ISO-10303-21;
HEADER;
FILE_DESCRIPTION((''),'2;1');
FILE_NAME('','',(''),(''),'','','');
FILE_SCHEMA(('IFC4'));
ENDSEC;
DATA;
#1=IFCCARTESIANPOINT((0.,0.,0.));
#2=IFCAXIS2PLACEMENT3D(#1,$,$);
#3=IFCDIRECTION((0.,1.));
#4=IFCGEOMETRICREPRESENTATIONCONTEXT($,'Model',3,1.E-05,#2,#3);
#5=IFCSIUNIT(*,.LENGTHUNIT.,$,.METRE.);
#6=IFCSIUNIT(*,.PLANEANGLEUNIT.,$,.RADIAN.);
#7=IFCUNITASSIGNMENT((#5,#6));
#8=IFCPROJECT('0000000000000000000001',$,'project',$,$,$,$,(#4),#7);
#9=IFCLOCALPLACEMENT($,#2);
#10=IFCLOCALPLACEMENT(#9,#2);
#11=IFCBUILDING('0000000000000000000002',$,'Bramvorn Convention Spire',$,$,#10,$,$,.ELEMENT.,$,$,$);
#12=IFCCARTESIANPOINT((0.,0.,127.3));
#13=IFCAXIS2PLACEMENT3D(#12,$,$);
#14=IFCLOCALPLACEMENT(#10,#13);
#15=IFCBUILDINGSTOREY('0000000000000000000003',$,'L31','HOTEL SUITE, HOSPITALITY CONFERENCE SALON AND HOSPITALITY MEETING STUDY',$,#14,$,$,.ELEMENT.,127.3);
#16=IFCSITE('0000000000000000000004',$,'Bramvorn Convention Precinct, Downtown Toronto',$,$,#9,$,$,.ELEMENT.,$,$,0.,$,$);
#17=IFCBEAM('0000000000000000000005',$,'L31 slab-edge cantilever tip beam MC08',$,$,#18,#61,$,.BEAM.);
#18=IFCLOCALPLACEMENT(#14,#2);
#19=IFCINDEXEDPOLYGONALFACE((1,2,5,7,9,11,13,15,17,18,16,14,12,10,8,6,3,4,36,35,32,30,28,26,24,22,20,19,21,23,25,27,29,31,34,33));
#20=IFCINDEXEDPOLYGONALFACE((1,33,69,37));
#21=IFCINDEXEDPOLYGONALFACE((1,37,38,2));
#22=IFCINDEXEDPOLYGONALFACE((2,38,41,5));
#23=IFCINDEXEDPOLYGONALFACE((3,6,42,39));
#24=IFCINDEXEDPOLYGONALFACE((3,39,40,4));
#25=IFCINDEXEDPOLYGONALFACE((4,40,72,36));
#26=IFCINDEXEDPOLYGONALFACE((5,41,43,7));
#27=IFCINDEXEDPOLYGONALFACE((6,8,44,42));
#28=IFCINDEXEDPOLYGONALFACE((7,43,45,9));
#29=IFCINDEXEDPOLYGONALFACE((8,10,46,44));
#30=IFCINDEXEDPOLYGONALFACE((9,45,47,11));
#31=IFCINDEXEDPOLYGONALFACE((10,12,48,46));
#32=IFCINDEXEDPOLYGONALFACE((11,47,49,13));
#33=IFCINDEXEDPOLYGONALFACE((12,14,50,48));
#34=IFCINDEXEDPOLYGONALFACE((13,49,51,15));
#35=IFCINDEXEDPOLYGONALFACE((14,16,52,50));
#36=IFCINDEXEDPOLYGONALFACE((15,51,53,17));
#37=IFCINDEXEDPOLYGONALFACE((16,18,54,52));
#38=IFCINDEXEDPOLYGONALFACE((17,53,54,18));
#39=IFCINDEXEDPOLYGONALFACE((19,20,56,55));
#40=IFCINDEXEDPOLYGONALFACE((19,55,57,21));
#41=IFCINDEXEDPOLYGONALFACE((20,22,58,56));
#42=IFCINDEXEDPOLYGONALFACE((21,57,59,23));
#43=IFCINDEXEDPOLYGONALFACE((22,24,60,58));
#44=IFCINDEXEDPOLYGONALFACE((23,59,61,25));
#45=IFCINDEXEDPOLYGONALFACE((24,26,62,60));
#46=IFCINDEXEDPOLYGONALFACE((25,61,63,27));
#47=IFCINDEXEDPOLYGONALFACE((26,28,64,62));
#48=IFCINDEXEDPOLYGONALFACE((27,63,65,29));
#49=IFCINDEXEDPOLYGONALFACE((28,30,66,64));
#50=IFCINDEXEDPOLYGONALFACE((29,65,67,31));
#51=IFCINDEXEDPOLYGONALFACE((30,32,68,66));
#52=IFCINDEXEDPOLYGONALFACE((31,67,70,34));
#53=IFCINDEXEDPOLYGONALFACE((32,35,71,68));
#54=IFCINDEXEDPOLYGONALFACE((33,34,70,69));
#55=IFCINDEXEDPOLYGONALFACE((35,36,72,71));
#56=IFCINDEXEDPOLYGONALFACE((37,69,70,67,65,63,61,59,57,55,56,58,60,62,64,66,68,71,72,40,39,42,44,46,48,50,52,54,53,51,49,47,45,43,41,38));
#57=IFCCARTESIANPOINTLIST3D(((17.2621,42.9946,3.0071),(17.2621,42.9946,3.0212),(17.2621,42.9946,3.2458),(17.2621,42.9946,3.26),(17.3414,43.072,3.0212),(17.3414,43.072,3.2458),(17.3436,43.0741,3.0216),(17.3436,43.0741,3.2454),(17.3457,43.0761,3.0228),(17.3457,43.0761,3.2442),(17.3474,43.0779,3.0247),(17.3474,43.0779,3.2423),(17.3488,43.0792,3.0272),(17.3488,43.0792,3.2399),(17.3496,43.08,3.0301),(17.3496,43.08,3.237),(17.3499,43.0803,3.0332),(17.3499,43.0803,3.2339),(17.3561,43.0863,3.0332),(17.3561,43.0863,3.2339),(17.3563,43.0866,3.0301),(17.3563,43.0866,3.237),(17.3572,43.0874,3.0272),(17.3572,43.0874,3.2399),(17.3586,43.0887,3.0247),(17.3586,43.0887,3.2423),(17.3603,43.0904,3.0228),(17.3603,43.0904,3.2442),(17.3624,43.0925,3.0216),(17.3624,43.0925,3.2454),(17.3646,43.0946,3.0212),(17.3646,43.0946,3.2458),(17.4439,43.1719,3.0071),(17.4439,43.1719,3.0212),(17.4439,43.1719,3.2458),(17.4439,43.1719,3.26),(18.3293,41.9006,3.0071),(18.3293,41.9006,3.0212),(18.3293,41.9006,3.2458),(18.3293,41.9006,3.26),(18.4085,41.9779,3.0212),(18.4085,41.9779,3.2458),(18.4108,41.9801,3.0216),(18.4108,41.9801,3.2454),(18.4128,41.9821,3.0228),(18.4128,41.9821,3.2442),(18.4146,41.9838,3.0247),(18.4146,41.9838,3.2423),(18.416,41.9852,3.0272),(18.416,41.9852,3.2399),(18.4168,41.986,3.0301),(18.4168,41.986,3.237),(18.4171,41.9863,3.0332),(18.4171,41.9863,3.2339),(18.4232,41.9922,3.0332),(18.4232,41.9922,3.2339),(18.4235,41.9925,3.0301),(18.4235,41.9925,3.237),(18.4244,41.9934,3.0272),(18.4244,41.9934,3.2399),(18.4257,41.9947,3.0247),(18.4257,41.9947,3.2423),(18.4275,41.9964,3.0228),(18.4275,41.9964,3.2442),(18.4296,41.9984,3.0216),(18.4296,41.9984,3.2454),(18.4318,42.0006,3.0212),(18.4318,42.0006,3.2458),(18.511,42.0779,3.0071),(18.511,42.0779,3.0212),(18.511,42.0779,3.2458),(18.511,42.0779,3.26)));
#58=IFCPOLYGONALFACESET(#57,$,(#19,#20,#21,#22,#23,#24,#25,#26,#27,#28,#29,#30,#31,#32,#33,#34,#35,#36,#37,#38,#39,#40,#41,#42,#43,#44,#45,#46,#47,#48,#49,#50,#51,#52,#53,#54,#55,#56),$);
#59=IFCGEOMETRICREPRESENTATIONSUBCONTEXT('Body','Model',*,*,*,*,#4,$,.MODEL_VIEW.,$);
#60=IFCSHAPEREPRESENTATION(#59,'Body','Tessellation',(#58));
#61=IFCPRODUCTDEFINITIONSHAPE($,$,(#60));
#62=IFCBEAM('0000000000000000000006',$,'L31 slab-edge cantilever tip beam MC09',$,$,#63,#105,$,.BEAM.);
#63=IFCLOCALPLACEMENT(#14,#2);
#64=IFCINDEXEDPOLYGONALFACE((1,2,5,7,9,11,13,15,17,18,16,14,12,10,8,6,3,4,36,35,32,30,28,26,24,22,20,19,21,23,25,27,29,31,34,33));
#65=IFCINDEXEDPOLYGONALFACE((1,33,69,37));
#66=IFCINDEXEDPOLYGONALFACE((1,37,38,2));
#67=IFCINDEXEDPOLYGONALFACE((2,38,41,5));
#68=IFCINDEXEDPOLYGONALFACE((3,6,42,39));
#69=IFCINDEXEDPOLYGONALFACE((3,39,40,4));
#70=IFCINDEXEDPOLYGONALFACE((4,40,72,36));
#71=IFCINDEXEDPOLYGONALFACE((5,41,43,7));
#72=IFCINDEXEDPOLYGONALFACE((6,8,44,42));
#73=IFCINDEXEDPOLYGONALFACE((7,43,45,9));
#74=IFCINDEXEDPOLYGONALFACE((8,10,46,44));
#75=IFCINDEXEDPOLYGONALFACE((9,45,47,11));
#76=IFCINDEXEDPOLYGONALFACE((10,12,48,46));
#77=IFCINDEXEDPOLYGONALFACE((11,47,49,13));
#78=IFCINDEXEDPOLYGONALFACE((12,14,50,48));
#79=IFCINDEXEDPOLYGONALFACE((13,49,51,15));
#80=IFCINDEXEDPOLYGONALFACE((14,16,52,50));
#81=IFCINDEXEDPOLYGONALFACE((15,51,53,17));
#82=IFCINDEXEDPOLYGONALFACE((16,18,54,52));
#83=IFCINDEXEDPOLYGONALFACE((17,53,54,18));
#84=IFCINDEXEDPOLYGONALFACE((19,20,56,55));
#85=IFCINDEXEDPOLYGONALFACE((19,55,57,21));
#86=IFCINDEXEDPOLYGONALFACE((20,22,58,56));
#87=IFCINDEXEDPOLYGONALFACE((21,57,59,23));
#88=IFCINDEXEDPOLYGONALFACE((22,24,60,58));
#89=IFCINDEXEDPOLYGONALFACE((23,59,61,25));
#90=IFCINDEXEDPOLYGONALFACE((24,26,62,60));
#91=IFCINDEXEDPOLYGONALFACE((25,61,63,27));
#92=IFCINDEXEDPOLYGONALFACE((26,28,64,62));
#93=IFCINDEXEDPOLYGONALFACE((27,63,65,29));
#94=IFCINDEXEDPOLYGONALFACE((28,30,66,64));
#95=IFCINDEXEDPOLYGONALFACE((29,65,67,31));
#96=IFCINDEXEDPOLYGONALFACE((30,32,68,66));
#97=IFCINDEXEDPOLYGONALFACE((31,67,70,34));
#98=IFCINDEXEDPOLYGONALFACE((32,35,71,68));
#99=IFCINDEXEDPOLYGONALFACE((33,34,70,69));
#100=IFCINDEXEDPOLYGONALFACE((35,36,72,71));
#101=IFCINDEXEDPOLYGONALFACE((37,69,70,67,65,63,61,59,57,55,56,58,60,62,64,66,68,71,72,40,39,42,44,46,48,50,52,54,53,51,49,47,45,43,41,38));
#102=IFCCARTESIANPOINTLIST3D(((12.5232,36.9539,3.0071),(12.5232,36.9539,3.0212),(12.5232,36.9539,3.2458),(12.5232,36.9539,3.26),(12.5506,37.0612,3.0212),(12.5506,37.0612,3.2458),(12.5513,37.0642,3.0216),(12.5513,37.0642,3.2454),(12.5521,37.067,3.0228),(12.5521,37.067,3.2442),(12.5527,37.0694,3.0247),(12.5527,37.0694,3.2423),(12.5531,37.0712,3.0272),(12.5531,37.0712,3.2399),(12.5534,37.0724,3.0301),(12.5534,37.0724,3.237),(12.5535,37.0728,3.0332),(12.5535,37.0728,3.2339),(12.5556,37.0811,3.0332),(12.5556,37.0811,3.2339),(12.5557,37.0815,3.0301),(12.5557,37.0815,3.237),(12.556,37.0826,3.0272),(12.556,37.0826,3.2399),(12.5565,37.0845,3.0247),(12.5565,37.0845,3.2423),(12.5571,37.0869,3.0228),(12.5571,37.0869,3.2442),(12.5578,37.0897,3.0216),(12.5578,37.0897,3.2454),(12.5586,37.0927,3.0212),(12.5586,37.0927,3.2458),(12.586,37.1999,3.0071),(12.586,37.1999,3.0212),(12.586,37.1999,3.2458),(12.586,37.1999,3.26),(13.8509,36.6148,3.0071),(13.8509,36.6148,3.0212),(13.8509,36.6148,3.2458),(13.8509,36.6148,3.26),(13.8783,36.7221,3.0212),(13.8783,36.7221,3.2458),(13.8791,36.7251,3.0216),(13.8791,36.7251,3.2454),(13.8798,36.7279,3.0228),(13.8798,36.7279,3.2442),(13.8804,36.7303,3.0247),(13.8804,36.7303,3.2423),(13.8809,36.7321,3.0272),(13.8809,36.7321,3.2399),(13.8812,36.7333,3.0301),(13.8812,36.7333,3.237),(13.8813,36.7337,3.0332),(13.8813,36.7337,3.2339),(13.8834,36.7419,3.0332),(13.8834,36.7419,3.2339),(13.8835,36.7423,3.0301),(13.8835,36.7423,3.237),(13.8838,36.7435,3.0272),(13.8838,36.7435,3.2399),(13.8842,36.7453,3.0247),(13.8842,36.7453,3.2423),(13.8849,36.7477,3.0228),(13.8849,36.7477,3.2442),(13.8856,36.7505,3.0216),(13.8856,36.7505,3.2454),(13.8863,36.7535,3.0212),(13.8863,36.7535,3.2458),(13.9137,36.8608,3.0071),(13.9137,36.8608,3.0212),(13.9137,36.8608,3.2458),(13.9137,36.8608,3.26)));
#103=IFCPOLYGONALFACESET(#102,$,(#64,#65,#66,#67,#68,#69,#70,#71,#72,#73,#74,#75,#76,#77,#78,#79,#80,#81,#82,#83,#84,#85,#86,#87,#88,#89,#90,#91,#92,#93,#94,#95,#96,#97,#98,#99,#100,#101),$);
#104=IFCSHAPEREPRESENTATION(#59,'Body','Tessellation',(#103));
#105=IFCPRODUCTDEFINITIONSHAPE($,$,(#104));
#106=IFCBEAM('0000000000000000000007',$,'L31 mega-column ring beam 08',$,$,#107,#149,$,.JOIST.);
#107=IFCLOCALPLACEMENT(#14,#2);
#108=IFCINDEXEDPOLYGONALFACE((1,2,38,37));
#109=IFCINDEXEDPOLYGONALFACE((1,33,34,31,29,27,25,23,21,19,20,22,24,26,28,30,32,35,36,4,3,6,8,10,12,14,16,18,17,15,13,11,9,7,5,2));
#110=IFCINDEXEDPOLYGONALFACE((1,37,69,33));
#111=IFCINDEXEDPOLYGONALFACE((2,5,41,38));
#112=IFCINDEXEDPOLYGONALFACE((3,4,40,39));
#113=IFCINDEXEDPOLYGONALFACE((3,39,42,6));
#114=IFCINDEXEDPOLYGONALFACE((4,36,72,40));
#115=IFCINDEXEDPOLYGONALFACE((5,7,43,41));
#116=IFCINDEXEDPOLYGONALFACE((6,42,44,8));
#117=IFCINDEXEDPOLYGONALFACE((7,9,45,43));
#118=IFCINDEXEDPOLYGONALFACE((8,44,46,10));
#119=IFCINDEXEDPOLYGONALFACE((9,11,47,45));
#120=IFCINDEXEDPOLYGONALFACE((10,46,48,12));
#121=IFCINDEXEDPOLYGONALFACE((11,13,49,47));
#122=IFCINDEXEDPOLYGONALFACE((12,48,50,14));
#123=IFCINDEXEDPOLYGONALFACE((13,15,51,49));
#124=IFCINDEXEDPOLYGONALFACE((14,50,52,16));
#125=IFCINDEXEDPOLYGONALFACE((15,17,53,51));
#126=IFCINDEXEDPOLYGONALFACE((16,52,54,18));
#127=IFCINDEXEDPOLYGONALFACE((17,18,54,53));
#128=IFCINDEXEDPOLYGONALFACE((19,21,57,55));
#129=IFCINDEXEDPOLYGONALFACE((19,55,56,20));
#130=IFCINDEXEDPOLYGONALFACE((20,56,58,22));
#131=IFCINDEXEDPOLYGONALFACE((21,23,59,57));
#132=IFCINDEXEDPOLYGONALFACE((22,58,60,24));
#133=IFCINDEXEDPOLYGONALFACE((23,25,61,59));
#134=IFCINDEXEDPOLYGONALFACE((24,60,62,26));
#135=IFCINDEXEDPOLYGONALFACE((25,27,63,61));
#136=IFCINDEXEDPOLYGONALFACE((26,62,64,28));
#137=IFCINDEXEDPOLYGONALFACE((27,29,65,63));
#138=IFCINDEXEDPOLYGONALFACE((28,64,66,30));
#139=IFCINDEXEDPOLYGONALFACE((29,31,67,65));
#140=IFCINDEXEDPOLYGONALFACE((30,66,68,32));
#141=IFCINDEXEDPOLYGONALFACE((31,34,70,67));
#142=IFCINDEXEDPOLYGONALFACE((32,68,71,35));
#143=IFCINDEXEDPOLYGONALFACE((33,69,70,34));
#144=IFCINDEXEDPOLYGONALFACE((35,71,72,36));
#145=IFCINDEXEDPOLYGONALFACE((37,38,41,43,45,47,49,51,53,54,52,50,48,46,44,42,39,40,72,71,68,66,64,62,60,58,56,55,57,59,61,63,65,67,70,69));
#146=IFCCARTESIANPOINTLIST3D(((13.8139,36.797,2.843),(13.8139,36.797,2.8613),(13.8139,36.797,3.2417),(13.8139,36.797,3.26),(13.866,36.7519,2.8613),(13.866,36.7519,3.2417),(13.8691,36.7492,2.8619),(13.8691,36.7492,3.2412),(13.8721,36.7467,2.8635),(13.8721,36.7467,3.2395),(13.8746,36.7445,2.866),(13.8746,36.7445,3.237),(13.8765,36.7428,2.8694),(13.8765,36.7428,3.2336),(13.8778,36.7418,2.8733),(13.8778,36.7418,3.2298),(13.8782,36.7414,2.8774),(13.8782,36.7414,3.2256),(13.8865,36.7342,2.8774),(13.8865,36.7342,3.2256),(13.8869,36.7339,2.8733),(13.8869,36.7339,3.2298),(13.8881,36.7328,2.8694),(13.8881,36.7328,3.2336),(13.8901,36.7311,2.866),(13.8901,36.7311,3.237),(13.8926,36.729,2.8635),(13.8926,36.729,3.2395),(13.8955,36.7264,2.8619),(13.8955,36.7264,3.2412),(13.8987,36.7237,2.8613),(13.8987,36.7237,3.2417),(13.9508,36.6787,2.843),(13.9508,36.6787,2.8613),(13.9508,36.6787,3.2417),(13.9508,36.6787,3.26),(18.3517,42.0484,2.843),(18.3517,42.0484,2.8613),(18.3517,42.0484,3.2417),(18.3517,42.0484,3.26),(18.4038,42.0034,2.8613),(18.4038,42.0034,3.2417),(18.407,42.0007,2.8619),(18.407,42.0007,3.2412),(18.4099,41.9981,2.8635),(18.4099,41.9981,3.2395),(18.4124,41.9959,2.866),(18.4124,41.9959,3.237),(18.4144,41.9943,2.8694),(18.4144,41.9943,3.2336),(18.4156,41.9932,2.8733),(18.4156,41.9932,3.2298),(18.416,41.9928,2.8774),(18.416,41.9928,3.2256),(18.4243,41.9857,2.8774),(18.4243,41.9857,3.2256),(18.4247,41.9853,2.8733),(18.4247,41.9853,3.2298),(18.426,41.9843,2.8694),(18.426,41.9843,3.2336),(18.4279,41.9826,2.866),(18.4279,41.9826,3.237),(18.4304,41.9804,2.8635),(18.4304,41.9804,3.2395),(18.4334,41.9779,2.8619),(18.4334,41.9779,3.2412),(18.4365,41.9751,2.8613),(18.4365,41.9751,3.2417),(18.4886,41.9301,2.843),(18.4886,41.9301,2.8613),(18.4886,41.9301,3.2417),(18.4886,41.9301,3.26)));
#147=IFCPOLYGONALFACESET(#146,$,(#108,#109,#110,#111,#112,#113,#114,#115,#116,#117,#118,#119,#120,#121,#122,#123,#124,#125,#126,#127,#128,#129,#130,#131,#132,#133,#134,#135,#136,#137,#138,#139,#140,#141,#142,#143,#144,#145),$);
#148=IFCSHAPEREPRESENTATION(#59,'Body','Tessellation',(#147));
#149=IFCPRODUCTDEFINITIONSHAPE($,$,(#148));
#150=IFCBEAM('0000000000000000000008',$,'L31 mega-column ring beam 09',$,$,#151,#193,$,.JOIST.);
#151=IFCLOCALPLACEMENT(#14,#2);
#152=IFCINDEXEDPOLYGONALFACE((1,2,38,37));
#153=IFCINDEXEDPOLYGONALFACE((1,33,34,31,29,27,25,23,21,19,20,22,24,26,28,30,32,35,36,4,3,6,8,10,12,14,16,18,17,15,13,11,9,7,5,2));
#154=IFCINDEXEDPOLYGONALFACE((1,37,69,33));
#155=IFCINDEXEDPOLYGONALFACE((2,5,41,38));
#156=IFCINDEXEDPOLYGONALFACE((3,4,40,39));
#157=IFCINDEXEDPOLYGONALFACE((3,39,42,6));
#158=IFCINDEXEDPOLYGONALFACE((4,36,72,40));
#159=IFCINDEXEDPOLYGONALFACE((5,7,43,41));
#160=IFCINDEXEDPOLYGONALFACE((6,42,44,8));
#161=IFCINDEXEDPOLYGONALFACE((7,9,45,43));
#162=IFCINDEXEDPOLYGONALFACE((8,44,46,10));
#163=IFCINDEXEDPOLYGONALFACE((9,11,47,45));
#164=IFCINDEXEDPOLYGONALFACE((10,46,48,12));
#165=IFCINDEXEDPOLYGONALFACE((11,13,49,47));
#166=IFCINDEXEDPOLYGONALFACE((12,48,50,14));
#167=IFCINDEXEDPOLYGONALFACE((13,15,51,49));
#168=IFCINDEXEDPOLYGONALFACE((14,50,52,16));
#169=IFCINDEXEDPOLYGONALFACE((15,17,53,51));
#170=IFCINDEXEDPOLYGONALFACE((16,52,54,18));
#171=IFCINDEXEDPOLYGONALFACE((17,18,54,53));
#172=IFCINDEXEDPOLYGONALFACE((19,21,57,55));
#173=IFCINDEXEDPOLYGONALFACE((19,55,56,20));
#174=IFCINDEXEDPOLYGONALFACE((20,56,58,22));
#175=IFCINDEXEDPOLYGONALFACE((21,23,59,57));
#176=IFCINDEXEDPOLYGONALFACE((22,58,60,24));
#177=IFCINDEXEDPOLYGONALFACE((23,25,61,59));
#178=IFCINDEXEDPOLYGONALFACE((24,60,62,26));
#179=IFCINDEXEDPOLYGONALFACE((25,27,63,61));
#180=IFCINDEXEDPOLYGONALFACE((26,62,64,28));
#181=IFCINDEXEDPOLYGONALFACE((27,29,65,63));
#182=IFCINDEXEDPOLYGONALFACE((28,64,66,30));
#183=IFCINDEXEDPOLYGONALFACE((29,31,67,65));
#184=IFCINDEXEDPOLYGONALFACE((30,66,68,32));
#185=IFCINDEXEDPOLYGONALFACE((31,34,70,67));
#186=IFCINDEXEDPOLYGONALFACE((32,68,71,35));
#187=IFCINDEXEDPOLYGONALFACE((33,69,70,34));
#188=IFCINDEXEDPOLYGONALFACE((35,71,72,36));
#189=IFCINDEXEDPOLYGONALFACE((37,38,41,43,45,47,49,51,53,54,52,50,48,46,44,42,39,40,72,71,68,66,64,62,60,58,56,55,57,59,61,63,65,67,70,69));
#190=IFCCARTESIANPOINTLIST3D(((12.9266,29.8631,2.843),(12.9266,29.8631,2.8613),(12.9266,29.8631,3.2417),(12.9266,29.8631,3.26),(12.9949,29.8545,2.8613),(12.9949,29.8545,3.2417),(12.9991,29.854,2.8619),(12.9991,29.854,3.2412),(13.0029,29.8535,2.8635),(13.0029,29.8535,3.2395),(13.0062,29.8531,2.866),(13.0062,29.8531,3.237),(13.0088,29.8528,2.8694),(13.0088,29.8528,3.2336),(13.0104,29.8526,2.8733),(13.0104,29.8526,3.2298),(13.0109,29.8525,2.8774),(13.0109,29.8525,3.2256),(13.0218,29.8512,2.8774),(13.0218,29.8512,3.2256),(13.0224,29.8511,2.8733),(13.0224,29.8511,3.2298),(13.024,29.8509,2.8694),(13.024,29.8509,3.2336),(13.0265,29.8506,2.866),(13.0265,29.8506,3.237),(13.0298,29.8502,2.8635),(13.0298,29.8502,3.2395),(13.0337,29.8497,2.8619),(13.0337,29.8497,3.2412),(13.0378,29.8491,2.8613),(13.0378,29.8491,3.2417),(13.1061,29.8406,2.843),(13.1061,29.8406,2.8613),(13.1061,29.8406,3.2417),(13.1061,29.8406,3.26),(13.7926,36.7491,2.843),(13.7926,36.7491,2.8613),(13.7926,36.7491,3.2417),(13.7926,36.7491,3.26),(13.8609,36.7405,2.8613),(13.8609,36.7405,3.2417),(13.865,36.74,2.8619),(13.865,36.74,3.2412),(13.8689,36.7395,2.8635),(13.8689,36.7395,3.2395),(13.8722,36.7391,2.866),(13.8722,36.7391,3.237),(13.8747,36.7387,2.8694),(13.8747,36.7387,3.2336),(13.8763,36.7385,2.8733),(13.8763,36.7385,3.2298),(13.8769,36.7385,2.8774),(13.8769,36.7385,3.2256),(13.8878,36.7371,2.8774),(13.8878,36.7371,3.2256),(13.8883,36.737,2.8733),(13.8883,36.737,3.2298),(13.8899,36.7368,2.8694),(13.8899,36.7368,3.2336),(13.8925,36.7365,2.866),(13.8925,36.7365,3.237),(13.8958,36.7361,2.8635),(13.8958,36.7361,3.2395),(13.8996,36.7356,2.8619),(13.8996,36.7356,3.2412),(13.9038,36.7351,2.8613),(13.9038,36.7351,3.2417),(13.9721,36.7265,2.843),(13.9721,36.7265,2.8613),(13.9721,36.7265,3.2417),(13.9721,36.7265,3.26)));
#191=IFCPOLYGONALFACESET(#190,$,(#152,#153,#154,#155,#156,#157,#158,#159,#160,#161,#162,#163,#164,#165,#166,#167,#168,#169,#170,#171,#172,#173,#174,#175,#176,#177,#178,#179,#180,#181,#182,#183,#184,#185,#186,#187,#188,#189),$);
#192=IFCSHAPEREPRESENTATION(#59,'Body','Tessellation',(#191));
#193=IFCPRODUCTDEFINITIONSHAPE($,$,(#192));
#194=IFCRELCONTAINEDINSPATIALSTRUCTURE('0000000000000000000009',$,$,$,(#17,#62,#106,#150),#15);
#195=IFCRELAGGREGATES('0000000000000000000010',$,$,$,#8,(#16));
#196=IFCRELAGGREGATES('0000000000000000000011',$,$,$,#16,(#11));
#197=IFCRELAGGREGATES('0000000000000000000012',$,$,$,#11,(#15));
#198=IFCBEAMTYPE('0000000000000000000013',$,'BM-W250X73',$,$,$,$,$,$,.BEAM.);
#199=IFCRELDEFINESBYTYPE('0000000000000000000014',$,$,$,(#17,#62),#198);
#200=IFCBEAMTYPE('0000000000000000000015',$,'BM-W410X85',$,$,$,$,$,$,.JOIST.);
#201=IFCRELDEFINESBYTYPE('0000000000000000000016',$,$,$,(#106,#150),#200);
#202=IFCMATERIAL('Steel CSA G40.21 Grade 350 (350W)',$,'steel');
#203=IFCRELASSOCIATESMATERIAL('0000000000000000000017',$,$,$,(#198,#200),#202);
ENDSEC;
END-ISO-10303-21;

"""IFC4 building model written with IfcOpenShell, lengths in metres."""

from ifc_helpers import new_model, si_unit, direction, frame, origin, origin_2d, place, context, subcontext, project, spatial, i_section, extrude, material, material_profile, profile_set, type_object, element, save


model = new_model("IFC4")

# Units and contexts
model_context = context("Model", 3, precision=1e-05, world=origin(), true_north=direction((0.0, 1.0)))
body_context = subcontext(model_context, "Body", "Model", "MODEL_VIEW")
ifc_project = project(units=[si_unit("LENGTHUNIT", "METRE"), si_unit("PLANEANGLEUNIT", "RADIAN")], contexts=[model_context])

# Site, building, storey
site_placement = place(None, origin())
site = spatial("IfcSite", under=ifc_project, at=site_placement, Name="Bramvorn Convention Precinct, Downtown Toronto", CompositionType="ELEMENT", RefElevation=0.0)
building_placement = place(site_placement, origin())
building = spatial("IfcBuilding", under=site, at=building_placement, Name="Bramvorn Convention Spire", CompositionType="ELEMENT")
storey_placement = place(building_placement, frame((0.0, 0.0, 127.3)))
storey = spatial("IfcBuildingStorey", under=building, at=storey_placement, Name="L31", Description="HOTEL SUITE, HOSPITALITY CONFERENCE SALON AND HOSPITALITY MEETING STUDY", CompositionType="ELEMENT", Elevation=127.3)

# Shared definitions
ifc_material_1 = material(Name="Steel CSA G40.21 Grade 350 (350W)", Category="steel")

# Beams
ifc_material_profile_1 = material_profile(ifc_material_1, i_section(OverallWidth=0.2539, OverallDepth=0.2529, WebThickness=0.0085, FlangeThickness=0.0142, FilletRadius=0.012, at=origin_2d()))
ifc_profile_set_1 = profile_set([ifc_material_profile_1], Name="Steel CSA G40.21 Grade 350 (350W) - W250X73")
beam_type_1 = type_object("IfcBeamType", Name="BM-W250X73", PredefinedType="BEAM", material=ifc_profile_set_1)
beam_1_placement = place(storey_placement, frame((18.4202, 41.9893, 3.1335), z_axis=(-0.698266, 0.715838, 0.0), x_axis=(-0.715838, -0.698266, 0.0)))
element("IfcBeam", 1, at=beam_1_placement, inside=storey, type_object=beam_type_1, Name="L31 slab-edge cantilever tip beam MC08", PredefinedType="BEAM", context=body_context, shape_type="SweptSolid", body=[
    extrude(i_section(OverallWidth=0.2539, OverallDepth=0.2529, WebThickness=0.0085, FlangeThickness=0.0142, FilletRadius=0.012, at=origin_2d()), origin(), (0.0, 0.0, 1.0), 1.5283),
])
beam_2_placement = place(storey_placement, frame((13.8823, 36.7378, 3.1335), z_axis=(-0.968893, 0.247479, 0.0), x_axis=(-0.247479, -0.968893, 0.0)))
element("IfcBeam", 2, at=beam_2_placement, inside=storey, type_object=beam_type_1, Name="L31 slab-edge cantilever tip beam MC09", PredefinedType="BEAM", context=body_context, shape_type="SweptSolid", body=[
    extrude(i_section(OverallWidth=0.2539, OverallDepth=0.2529, WebThickness=0.0085, FlangeThickness=0.0142, FilletRadius=0.012, at=origin_2d()), origin(), (0.0, 0.0, 1.0), 1.3704),
])
ifc_material_profile_2 = material_profile(ifc_material_1, i_section(OverallWidth=0.1809, OverallDepth=0.417, WebThickness=0.011, FlangeThickness=0.0183, FilletRadius=0.0161, at=origin_2d()))
ifc_profile_set_2 = profile_set([ifc_material_profile_2], Name="Steel CSA G40.21 Grade 350 (350W) - W410X85")
beam_type_2 = type_object("IfcBeamType", Name="BM-W410X85", PredefinedType="JOIST", material=ifc_profile_set_2)
beam_3_placement = place(storey_placement, frame((18.4202, 41.9893, 3.0515), z_axis=(-0.653825, -0.756646, 0.0), x_axis=(0.756646, -0.653825, 0.0)))
element("IfcBeam", 3, at=beam_3_placement, inside=storey, type_object=beam_type_2, Name="L31 mega-column ring beam 08", PredefinedType="JOIST", context=body_context, shape_type="SweptSolid", body=[
    extrude(i_section(OverallWidth=0.1809, OverallDepth=0.417, WebThickness=0.011, FlangeThickness=0.0183, FilletRadius=0.0161, at=origin_2d()), origin(), (0.0, 0.0, 1.0), 6.9404),
])
beam_4_placement = place(storey_placement, frame((13.8823, 36.7378, 3.0515), z_axis=(-0.124775, -0.992185, 0.0), x_axis=(0.992185, -0.124775, 0.0)))
element("IfcBeam", 4, at=beam_4_placement, inside=storey, type_object=beam_type_2, Name="L31 mega-column ring beam 09", PredefinedType="JOIST", context=body_context, shape_type="SweptSolid", body=[
    extrude(i_section(OverallWidth=0.1809, OverallDepth=0.417, WebThickness=0.011, FlangeThickness=0.0183, FilletRadius=0.0161, at=origin_2d()), origin(), (0.0, 0.0, 1.0), 6.9402),
])

save(model, "model.ifc")
